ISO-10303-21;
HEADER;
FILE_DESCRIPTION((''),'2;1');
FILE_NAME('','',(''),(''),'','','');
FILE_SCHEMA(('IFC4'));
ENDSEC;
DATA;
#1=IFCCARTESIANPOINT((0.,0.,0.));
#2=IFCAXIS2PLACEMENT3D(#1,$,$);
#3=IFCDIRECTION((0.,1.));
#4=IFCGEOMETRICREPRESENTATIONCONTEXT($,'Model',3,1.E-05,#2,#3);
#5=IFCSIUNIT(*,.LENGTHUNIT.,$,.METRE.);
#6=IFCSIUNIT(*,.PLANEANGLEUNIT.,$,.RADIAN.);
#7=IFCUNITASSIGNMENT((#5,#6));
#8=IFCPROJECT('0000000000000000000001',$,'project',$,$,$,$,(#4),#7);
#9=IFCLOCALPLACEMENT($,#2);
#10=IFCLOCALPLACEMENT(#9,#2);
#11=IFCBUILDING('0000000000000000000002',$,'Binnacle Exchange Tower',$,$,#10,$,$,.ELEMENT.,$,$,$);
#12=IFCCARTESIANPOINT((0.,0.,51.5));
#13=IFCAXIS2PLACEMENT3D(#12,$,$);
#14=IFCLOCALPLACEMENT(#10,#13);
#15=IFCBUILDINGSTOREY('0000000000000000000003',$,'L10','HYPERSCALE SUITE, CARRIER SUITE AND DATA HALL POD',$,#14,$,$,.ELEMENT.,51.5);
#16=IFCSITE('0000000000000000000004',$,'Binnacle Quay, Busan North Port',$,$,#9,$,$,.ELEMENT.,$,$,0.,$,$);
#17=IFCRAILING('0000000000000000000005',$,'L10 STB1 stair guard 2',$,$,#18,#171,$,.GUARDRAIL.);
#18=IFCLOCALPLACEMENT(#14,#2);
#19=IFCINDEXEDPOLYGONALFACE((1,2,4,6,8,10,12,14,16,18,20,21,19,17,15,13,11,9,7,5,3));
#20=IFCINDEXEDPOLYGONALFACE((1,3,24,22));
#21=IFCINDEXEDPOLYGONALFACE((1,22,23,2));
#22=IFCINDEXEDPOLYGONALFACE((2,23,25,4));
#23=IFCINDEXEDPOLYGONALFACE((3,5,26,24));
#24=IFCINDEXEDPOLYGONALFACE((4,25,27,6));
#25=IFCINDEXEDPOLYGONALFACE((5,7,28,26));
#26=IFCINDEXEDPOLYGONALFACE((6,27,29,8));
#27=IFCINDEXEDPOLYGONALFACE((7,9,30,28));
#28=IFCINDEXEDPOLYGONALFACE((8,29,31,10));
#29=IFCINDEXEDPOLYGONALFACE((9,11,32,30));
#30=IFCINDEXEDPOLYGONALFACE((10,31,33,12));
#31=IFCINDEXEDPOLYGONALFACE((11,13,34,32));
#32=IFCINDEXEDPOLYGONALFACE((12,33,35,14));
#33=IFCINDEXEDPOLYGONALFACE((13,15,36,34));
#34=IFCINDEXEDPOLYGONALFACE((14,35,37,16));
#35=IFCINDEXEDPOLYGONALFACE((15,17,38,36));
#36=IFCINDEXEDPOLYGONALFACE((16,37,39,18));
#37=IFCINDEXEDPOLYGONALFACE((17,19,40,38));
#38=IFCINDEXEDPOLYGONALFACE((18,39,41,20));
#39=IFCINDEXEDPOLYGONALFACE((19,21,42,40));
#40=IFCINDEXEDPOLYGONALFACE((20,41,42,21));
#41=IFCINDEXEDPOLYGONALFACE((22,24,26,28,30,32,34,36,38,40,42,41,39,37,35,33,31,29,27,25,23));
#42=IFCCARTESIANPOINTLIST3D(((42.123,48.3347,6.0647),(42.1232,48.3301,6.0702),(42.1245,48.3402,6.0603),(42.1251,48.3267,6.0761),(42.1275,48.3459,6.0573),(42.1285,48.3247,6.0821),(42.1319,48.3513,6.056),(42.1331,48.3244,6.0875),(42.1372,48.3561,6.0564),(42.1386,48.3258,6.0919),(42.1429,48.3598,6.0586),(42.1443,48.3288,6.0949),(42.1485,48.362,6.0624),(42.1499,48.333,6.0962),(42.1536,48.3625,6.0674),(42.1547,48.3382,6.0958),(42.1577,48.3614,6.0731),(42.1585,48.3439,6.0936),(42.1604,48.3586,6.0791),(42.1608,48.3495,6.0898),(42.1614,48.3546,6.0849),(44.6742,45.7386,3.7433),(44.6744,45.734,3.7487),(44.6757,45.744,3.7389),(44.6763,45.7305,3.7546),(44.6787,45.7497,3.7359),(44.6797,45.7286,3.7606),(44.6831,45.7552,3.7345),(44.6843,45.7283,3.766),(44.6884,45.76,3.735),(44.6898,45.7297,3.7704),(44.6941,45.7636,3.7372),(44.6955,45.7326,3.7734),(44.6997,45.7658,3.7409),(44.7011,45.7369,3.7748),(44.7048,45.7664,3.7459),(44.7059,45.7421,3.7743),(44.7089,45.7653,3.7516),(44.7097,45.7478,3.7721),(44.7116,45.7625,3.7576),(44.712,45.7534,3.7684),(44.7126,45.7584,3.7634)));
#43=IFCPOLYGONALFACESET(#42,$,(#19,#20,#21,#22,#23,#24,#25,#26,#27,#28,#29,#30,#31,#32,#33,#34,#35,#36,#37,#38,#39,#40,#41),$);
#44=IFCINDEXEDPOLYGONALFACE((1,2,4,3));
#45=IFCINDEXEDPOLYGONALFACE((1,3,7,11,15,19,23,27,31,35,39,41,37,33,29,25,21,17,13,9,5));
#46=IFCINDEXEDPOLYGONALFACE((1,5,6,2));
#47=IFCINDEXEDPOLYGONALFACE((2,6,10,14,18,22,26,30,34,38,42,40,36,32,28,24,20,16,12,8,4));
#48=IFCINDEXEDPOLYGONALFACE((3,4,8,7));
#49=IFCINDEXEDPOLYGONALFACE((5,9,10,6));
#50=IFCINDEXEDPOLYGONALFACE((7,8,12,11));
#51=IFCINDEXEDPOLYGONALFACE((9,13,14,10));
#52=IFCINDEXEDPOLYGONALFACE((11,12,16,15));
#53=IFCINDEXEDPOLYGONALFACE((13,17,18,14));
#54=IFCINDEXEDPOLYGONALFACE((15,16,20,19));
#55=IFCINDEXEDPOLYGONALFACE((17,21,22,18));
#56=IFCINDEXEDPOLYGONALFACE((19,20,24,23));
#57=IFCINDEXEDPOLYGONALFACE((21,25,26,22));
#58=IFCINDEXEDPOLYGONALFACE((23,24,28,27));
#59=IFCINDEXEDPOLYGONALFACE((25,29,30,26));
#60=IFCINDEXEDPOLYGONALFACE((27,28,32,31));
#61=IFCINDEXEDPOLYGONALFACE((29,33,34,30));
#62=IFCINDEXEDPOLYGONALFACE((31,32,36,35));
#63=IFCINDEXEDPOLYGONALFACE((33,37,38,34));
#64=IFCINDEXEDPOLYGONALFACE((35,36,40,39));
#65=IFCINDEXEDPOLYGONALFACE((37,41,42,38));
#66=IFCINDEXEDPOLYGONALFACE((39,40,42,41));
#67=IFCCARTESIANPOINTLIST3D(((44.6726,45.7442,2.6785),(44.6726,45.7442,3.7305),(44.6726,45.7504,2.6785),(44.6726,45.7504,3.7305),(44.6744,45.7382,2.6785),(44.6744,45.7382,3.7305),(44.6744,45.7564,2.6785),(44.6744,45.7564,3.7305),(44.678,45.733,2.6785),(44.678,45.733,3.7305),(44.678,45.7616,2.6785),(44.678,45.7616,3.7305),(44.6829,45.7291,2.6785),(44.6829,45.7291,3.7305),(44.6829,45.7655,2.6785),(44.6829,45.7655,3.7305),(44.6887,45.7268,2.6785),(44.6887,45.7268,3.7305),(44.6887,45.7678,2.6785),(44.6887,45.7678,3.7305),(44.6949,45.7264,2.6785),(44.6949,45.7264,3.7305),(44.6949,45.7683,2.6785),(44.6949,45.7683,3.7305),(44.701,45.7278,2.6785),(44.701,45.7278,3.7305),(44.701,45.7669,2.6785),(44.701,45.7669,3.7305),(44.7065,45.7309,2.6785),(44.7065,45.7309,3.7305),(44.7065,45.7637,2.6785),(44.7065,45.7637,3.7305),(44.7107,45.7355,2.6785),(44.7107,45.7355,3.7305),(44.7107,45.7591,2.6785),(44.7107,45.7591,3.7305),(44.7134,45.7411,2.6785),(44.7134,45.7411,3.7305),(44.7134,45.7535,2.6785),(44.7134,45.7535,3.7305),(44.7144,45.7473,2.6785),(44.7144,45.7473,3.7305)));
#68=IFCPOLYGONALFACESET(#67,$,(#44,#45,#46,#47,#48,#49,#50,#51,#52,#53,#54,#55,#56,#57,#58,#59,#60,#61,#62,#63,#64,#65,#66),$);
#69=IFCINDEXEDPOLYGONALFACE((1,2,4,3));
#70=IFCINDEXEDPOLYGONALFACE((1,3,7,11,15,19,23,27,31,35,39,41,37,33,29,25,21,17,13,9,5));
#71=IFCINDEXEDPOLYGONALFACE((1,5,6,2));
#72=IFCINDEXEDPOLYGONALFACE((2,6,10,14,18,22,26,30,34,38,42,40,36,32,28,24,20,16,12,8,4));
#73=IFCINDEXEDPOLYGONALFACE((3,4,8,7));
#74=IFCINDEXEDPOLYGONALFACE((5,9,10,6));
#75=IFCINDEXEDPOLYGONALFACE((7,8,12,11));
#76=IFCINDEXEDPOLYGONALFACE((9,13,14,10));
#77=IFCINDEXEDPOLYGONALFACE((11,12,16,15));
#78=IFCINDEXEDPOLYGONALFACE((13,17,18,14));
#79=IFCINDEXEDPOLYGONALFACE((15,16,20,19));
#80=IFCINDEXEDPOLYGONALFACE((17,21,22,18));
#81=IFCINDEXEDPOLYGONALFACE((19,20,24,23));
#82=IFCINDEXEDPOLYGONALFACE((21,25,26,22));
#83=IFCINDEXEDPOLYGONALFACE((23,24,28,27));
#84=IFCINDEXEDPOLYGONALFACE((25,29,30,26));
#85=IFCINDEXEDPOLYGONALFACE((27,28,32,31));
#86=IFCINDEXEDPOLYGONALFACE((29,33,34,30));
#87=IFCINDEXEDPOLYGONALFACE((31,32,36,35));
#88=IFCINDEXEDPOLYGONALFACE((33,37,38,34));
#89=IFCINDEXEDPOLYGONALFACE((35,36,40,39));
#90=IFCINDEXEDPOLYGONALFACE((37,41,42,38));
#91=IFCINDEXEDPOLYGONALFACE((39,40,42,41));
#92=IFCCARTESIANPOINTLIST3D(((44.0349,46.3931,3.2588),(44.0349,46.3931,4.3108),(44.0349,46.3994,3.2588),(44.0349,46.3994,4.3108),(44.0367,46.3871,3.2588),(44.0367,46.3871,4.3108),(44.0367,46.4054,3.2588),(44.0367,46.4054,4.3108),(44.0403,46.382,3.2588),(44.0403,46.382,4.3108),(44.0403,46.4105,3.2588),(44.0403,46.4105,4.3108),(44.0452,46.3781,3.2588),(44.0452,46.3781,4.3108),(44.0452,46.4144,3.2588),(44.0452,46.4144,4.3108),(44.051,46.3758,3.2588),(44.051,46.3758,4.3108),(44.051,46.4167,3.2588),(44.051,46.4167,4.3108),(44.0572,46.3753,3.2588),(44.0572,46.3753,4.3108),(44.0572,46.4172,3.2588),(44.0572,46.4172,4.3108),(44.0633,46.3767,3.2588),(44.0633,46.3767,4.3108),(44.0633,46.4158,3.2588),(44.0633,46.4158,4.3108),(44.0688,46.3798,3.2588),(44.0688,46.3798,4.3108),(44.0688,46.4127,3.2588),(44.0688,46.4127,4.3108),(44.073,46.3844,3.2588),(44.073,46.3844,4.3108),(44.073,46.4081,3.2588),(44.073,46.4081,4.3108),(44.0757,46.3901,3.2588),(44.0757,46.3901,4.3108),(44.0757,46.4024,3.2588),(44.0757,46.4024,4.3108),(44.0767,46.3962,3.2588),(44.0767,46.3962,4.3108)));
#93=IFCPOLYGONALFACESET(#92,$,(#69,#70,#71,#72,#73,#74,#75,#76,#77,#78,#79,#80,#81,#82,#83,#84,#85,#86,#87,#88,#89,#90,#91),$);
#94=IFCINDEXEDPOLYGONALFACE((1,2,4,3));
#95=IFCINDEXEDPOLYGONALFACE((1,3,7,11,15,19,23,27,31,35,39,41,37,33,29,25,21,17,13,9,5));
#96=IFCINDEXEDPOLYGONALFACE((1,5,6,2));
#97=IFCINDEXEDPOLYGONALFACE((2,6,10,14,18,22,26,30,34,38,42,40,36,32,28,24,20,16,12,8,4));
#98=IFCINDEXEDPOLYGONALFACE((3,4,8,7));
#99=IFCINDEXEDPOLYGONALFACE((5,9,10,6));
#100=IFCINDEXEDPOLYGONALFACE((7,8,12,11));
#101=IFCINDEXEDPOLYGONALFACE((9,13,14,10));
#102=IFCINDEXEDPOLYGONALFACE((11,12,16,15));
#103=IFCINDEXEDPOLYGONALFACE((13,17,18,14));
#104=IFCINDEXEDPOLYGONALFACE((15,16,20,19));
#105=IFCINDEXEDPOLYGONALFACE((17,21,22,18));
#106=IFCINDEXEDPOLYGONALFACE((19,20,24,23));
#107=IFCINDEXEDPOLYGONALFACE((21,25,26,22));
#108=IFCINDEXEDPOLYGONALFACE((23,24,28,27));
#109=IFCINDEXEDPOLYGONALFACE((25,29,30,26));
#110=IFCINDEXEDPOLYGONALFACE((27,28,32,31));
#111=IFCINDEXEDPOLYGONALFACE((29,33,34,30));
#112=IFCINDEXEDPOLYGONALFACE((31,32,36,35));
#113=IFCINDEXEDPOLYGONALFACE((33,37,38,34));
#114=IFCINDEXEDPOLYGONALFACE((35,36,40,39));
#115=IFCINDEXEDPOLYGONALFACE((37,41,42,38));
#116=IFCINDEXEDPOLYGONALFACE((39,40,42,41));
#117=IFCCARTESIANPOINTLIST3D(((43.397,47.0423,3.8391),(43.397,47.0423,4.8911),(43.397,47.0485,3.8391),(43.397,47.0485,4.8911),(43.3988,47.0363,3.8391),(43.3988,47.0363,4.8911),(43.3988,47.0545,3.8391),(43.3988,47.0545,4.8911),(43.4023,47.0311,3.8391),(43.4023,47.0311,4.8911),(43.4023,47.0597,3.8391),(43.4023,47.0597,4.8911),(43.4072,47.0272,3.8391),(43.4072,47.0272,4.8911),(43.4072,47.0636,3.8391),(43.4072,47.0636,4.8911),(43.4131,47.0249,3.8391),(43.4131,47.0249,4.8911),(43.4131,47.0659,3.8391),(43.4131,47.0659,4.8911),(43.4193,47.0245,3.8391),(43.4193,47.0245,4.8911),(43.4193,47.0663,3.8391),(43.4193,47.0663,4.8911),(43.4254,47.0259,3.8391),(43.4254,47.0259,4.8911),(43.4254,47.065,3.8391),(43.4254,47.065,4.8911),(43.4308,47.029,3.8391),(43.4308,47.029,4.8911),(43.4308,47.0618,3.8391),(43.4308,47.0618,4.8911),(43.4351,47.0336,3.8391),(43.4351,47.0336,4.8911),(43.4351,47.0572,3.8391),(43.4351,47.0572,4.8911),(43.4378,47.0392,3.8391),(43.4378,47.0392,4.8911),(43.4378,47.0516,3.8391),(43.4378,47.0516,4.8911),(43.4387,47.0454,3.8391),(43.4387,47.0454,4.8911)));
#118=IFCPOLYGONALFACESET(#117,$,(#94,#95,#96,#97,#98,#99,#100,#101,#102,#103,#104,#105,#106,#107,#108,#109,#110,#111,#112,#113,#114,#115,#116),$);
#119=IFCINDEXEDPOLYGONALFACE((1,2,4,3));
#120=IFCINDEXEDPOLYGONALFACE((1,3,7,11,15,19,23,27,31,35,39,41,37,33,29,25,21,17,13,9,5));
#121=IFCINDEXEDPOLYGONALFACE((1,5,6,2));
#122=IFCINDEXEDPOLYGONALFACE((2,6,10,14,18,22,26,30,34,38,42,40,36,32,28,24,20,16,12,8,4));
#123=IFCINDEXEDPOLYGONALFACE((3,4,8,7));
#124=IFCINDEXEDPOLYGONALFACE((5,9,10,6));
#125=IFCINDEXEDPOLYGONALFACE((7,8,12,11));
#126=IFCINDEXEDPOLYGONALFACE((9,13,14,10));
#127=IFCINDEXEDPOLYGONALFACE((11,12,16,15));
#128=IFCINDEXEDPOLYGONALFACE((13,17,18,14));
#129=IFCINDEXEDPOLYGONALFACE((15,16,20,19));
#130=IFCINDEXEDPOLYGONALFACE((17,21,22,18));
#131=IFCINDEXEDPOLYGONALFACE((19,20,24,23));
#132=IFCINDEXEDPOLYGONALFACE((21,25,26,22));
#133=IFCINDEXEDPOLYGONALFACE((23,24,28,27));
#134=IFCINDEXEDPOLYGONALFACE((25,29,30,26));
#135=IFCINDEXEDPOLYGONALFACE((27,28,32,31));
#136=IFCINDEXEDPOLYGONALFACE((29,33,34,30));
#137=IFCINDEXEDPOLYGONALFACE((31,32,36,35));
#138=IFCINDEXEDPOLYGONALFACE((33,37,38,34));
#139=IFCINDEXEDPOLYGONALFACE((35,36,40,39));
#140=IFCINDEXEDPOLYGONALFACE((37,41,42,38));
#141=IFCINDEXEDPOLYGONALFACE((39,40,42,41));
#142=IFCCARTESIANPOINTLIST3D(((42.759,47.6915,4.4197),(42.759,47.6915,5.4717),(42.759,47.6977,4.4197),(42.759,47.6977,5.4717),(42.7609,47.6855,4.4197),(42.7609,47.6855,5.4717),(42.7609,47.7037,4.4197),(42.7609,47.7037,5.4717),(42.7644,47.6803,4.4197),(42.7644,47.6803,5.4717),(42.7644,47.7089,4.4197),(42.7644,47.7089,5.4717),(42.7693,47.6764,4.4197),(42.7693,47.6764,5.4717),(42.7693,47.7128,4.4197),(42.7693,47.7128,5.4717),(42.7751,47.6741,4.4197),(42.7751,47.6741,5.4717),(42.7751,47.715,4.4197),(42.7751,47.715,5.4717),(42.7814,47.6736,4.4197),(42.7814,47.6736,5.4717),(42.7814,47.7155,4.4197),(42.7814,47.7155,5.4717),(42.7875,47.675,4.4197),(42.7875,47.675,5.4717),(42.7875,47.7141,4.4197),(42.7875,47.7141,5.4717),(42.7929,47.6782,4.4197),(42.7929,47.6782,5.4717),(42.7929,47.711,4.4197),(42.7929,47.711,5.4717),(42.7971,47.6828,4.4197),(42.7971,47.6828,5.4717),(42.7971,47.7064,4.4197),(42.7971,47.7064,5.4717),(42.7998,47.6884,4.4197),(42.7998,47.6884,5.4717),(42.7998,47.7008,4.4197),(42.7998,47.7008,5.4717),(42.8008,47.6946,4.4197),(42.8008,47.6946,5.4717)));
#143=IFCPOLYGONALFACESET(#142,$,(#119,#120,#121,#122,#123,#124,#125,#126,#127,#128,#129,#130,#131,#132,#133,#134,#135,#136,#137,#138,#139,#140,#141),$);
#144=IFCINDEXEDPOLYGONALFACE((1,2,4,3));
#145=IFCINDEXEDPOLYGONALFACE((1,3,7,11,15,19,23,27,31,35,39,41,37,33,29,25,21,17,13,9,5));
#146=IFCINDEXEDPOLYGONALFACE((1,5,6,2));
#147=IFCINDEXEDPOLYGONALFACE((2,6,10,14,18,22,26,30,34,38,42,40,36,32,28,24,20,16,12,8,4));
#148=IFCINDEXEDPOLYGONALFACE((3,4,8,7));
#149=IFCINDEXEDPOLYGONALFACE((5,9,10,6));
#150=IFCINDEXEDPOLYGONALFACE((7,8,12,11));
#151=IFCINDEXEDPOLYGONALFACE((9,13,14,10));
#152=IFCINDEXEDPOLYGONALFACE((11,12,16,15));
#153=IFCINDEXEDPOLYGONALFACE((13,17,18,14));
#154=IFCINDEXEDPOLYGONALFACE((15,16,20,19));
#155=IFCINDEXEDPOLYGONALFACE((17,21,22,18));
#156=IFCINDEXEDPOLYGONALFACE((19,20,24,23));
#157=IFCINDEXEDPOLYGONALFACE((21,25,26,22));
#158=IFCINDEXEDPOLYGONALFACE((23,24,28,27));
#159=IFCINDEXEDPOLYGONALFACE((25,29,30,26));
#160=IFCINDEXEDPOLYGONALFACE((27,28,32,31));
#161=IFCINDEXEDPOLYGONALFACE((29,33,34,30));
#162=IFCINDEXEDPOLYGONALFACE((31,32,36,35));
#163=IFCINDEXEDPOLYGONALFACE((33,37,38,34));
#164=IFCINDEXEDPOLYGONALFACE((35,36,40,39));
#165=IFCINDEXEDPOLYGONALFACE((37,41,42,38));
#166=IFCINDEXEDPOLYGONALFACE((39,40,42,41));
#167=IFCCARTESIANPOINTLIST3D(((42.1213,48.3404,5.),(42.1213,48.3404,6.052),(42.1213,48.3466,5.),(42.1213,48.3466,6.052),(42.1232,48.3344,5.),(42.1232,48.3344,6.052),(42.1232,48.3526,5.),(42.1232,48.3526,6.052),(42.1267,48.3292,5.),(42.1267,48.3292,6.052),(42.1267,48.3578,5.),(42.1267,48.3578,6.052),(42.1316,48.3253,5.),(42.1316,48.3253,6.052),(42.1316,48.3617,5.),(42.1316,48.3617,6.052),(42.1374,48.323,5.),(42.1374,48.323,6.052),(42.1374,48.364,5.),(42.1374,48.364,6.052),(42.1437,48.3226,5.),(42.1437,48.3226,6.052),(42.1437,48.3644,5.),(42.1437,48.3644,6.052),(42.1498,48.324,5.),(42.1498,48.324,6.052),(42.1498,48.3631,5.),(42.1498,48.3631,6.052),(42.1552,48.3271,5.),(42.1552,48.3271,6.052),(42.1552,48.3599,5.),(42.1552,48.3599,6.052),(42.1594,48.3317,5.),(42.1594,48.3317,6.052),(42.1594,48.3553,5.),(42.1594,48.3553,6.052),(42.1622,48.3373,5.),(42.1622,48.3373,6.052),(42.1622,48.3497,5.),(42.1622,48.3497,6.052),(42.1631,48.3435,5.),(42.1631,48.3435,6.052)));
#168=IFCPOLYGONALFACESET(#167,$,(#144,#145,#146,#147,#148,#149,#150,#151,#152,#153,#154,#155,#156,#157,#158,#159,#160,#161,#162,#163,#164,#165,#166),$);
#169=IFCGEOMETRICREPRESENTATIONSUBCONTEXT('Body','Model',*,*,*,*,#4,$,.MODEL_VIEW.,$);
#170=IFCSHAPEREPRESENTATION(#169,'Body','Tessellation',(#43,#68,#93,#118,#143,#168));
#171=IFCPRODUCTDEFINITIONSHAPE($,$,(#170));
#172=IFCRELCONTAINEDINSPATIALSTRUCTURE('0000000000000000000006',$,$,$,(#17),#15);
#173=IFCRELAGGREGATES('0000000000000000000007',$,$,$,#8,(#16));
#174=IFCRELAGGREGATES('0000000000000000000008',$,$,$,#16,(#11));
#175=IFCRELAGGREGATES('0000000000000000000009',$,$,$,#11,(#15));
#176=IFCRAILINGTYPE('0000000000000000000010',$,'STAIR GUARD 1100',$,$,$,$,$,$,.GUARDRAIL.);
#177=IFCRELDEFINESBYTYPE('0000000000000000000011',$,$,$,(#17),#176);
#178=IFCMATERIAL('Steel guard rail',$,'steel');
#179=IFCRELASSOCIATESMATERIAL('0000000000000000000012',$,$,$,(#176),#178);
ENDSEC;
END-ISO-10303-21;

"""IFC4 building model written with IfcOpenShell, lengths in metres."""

from ifc_helpers import new_model, si_unit, direction, frame, origin, origin_2d, place, context, subcontext, project, spatial, circle, extrude, material, type_object, element, save


model = new_model("IFC4")

# Units and contexts
model_context = context("Model", 3, precision=1e-05, world=origin(), true_north=direction((0.0, 1.0)))
body_context = subcontext(model_context, "Body", "Model", "MODEL_VIEW")
ifc_project = project(units=[si_unit("LENGTHUNIT", "METRE"), si_unit("PLANEANGLEUNIT", "RADIAN")], contexts=[model_context])

# Site, building, storey
site_placement = place(None, origin())
site = spatial("IfcSite", under=ifc_project, at=site_placement, Name="Binnacle Quay, Busan North Port", CompositionType="ELEMENT", RefElevation=0.0)
building_placement = place(site_placement, origin())
building = spatial("IfcBuilding", under=site, at=building_placement, Name="Binnacle Exchange Tower", CompositionType="ELEMENT")
storey_placement = place(building_placement, frame((0.0, 0.0, 51.5)))
storey = spatial("IfcBuildingStorey", under=building, at=storey_placement, Name="L10", Description="HYPERSCALE SUITE, CARRIER SUITE AND DATA HALL POD", CompositionType="ELEMENT", Elevation=51.5)

# Railing
ifc_material_1 = material(Name="Steel guard rail", Category="steel")
railing_type_1 = type_object("IfcRailingType", Name="STAIR GUARD 1100", PredefinedType="GUARDRAIL", material=ifc_material_1)
railing_1_placement = place(storey_placement, frame((44.6934, 45.7473, 2.6785)))
element("IfcRailing", 1, at=railing_1_placement, inside=storey, type_object=railing_type_1, Name="L10 STB1 stair guard 2", PredefinedType="GUARDRAIL", context=body_context, shape_type="SweptSolid", body=[
    extrude(circle(Radius=0.0239, at=origin_2d()), frame((0.0, 0.0, 1.0762), z_axis=(-0.590947, 0.601352, 0.537733), x_axis=(-0.713251, -0.700909, 0.0)), (0.0, 0.0, 1.0), 4.3171),
    extrude(circle(Radius=0.021, at=origin_2d()), origin(), (0.0, 0.0, 1.0), 1.052),
    extrude(circle(Radius=0.021, at=origin_2d()), frame((-0.6377, 0.6489, 0.5803)), (0.0, 0.0, 1.0), 1.052),
    extrude(circle(Radius=0.021, at=origin_2d()), frame((-1.2756, 1.2981, 1.1606)), (0.0, 0.0, 1.0), 1.052),
    extrude(circle(Radius=0.021, at=origin_2d()), frame((-1.9136, 1.9473, 1.7412)), (0.0, 0.0, 1.0), 1.052),
    extrude(circle(Radius=0.021, at=origin_2d()), frame((-2.5513, 2.5962, 2.3215)), (0.0, 0.0, 1.0), 1.052),
])

save(model, "model.ifc")
